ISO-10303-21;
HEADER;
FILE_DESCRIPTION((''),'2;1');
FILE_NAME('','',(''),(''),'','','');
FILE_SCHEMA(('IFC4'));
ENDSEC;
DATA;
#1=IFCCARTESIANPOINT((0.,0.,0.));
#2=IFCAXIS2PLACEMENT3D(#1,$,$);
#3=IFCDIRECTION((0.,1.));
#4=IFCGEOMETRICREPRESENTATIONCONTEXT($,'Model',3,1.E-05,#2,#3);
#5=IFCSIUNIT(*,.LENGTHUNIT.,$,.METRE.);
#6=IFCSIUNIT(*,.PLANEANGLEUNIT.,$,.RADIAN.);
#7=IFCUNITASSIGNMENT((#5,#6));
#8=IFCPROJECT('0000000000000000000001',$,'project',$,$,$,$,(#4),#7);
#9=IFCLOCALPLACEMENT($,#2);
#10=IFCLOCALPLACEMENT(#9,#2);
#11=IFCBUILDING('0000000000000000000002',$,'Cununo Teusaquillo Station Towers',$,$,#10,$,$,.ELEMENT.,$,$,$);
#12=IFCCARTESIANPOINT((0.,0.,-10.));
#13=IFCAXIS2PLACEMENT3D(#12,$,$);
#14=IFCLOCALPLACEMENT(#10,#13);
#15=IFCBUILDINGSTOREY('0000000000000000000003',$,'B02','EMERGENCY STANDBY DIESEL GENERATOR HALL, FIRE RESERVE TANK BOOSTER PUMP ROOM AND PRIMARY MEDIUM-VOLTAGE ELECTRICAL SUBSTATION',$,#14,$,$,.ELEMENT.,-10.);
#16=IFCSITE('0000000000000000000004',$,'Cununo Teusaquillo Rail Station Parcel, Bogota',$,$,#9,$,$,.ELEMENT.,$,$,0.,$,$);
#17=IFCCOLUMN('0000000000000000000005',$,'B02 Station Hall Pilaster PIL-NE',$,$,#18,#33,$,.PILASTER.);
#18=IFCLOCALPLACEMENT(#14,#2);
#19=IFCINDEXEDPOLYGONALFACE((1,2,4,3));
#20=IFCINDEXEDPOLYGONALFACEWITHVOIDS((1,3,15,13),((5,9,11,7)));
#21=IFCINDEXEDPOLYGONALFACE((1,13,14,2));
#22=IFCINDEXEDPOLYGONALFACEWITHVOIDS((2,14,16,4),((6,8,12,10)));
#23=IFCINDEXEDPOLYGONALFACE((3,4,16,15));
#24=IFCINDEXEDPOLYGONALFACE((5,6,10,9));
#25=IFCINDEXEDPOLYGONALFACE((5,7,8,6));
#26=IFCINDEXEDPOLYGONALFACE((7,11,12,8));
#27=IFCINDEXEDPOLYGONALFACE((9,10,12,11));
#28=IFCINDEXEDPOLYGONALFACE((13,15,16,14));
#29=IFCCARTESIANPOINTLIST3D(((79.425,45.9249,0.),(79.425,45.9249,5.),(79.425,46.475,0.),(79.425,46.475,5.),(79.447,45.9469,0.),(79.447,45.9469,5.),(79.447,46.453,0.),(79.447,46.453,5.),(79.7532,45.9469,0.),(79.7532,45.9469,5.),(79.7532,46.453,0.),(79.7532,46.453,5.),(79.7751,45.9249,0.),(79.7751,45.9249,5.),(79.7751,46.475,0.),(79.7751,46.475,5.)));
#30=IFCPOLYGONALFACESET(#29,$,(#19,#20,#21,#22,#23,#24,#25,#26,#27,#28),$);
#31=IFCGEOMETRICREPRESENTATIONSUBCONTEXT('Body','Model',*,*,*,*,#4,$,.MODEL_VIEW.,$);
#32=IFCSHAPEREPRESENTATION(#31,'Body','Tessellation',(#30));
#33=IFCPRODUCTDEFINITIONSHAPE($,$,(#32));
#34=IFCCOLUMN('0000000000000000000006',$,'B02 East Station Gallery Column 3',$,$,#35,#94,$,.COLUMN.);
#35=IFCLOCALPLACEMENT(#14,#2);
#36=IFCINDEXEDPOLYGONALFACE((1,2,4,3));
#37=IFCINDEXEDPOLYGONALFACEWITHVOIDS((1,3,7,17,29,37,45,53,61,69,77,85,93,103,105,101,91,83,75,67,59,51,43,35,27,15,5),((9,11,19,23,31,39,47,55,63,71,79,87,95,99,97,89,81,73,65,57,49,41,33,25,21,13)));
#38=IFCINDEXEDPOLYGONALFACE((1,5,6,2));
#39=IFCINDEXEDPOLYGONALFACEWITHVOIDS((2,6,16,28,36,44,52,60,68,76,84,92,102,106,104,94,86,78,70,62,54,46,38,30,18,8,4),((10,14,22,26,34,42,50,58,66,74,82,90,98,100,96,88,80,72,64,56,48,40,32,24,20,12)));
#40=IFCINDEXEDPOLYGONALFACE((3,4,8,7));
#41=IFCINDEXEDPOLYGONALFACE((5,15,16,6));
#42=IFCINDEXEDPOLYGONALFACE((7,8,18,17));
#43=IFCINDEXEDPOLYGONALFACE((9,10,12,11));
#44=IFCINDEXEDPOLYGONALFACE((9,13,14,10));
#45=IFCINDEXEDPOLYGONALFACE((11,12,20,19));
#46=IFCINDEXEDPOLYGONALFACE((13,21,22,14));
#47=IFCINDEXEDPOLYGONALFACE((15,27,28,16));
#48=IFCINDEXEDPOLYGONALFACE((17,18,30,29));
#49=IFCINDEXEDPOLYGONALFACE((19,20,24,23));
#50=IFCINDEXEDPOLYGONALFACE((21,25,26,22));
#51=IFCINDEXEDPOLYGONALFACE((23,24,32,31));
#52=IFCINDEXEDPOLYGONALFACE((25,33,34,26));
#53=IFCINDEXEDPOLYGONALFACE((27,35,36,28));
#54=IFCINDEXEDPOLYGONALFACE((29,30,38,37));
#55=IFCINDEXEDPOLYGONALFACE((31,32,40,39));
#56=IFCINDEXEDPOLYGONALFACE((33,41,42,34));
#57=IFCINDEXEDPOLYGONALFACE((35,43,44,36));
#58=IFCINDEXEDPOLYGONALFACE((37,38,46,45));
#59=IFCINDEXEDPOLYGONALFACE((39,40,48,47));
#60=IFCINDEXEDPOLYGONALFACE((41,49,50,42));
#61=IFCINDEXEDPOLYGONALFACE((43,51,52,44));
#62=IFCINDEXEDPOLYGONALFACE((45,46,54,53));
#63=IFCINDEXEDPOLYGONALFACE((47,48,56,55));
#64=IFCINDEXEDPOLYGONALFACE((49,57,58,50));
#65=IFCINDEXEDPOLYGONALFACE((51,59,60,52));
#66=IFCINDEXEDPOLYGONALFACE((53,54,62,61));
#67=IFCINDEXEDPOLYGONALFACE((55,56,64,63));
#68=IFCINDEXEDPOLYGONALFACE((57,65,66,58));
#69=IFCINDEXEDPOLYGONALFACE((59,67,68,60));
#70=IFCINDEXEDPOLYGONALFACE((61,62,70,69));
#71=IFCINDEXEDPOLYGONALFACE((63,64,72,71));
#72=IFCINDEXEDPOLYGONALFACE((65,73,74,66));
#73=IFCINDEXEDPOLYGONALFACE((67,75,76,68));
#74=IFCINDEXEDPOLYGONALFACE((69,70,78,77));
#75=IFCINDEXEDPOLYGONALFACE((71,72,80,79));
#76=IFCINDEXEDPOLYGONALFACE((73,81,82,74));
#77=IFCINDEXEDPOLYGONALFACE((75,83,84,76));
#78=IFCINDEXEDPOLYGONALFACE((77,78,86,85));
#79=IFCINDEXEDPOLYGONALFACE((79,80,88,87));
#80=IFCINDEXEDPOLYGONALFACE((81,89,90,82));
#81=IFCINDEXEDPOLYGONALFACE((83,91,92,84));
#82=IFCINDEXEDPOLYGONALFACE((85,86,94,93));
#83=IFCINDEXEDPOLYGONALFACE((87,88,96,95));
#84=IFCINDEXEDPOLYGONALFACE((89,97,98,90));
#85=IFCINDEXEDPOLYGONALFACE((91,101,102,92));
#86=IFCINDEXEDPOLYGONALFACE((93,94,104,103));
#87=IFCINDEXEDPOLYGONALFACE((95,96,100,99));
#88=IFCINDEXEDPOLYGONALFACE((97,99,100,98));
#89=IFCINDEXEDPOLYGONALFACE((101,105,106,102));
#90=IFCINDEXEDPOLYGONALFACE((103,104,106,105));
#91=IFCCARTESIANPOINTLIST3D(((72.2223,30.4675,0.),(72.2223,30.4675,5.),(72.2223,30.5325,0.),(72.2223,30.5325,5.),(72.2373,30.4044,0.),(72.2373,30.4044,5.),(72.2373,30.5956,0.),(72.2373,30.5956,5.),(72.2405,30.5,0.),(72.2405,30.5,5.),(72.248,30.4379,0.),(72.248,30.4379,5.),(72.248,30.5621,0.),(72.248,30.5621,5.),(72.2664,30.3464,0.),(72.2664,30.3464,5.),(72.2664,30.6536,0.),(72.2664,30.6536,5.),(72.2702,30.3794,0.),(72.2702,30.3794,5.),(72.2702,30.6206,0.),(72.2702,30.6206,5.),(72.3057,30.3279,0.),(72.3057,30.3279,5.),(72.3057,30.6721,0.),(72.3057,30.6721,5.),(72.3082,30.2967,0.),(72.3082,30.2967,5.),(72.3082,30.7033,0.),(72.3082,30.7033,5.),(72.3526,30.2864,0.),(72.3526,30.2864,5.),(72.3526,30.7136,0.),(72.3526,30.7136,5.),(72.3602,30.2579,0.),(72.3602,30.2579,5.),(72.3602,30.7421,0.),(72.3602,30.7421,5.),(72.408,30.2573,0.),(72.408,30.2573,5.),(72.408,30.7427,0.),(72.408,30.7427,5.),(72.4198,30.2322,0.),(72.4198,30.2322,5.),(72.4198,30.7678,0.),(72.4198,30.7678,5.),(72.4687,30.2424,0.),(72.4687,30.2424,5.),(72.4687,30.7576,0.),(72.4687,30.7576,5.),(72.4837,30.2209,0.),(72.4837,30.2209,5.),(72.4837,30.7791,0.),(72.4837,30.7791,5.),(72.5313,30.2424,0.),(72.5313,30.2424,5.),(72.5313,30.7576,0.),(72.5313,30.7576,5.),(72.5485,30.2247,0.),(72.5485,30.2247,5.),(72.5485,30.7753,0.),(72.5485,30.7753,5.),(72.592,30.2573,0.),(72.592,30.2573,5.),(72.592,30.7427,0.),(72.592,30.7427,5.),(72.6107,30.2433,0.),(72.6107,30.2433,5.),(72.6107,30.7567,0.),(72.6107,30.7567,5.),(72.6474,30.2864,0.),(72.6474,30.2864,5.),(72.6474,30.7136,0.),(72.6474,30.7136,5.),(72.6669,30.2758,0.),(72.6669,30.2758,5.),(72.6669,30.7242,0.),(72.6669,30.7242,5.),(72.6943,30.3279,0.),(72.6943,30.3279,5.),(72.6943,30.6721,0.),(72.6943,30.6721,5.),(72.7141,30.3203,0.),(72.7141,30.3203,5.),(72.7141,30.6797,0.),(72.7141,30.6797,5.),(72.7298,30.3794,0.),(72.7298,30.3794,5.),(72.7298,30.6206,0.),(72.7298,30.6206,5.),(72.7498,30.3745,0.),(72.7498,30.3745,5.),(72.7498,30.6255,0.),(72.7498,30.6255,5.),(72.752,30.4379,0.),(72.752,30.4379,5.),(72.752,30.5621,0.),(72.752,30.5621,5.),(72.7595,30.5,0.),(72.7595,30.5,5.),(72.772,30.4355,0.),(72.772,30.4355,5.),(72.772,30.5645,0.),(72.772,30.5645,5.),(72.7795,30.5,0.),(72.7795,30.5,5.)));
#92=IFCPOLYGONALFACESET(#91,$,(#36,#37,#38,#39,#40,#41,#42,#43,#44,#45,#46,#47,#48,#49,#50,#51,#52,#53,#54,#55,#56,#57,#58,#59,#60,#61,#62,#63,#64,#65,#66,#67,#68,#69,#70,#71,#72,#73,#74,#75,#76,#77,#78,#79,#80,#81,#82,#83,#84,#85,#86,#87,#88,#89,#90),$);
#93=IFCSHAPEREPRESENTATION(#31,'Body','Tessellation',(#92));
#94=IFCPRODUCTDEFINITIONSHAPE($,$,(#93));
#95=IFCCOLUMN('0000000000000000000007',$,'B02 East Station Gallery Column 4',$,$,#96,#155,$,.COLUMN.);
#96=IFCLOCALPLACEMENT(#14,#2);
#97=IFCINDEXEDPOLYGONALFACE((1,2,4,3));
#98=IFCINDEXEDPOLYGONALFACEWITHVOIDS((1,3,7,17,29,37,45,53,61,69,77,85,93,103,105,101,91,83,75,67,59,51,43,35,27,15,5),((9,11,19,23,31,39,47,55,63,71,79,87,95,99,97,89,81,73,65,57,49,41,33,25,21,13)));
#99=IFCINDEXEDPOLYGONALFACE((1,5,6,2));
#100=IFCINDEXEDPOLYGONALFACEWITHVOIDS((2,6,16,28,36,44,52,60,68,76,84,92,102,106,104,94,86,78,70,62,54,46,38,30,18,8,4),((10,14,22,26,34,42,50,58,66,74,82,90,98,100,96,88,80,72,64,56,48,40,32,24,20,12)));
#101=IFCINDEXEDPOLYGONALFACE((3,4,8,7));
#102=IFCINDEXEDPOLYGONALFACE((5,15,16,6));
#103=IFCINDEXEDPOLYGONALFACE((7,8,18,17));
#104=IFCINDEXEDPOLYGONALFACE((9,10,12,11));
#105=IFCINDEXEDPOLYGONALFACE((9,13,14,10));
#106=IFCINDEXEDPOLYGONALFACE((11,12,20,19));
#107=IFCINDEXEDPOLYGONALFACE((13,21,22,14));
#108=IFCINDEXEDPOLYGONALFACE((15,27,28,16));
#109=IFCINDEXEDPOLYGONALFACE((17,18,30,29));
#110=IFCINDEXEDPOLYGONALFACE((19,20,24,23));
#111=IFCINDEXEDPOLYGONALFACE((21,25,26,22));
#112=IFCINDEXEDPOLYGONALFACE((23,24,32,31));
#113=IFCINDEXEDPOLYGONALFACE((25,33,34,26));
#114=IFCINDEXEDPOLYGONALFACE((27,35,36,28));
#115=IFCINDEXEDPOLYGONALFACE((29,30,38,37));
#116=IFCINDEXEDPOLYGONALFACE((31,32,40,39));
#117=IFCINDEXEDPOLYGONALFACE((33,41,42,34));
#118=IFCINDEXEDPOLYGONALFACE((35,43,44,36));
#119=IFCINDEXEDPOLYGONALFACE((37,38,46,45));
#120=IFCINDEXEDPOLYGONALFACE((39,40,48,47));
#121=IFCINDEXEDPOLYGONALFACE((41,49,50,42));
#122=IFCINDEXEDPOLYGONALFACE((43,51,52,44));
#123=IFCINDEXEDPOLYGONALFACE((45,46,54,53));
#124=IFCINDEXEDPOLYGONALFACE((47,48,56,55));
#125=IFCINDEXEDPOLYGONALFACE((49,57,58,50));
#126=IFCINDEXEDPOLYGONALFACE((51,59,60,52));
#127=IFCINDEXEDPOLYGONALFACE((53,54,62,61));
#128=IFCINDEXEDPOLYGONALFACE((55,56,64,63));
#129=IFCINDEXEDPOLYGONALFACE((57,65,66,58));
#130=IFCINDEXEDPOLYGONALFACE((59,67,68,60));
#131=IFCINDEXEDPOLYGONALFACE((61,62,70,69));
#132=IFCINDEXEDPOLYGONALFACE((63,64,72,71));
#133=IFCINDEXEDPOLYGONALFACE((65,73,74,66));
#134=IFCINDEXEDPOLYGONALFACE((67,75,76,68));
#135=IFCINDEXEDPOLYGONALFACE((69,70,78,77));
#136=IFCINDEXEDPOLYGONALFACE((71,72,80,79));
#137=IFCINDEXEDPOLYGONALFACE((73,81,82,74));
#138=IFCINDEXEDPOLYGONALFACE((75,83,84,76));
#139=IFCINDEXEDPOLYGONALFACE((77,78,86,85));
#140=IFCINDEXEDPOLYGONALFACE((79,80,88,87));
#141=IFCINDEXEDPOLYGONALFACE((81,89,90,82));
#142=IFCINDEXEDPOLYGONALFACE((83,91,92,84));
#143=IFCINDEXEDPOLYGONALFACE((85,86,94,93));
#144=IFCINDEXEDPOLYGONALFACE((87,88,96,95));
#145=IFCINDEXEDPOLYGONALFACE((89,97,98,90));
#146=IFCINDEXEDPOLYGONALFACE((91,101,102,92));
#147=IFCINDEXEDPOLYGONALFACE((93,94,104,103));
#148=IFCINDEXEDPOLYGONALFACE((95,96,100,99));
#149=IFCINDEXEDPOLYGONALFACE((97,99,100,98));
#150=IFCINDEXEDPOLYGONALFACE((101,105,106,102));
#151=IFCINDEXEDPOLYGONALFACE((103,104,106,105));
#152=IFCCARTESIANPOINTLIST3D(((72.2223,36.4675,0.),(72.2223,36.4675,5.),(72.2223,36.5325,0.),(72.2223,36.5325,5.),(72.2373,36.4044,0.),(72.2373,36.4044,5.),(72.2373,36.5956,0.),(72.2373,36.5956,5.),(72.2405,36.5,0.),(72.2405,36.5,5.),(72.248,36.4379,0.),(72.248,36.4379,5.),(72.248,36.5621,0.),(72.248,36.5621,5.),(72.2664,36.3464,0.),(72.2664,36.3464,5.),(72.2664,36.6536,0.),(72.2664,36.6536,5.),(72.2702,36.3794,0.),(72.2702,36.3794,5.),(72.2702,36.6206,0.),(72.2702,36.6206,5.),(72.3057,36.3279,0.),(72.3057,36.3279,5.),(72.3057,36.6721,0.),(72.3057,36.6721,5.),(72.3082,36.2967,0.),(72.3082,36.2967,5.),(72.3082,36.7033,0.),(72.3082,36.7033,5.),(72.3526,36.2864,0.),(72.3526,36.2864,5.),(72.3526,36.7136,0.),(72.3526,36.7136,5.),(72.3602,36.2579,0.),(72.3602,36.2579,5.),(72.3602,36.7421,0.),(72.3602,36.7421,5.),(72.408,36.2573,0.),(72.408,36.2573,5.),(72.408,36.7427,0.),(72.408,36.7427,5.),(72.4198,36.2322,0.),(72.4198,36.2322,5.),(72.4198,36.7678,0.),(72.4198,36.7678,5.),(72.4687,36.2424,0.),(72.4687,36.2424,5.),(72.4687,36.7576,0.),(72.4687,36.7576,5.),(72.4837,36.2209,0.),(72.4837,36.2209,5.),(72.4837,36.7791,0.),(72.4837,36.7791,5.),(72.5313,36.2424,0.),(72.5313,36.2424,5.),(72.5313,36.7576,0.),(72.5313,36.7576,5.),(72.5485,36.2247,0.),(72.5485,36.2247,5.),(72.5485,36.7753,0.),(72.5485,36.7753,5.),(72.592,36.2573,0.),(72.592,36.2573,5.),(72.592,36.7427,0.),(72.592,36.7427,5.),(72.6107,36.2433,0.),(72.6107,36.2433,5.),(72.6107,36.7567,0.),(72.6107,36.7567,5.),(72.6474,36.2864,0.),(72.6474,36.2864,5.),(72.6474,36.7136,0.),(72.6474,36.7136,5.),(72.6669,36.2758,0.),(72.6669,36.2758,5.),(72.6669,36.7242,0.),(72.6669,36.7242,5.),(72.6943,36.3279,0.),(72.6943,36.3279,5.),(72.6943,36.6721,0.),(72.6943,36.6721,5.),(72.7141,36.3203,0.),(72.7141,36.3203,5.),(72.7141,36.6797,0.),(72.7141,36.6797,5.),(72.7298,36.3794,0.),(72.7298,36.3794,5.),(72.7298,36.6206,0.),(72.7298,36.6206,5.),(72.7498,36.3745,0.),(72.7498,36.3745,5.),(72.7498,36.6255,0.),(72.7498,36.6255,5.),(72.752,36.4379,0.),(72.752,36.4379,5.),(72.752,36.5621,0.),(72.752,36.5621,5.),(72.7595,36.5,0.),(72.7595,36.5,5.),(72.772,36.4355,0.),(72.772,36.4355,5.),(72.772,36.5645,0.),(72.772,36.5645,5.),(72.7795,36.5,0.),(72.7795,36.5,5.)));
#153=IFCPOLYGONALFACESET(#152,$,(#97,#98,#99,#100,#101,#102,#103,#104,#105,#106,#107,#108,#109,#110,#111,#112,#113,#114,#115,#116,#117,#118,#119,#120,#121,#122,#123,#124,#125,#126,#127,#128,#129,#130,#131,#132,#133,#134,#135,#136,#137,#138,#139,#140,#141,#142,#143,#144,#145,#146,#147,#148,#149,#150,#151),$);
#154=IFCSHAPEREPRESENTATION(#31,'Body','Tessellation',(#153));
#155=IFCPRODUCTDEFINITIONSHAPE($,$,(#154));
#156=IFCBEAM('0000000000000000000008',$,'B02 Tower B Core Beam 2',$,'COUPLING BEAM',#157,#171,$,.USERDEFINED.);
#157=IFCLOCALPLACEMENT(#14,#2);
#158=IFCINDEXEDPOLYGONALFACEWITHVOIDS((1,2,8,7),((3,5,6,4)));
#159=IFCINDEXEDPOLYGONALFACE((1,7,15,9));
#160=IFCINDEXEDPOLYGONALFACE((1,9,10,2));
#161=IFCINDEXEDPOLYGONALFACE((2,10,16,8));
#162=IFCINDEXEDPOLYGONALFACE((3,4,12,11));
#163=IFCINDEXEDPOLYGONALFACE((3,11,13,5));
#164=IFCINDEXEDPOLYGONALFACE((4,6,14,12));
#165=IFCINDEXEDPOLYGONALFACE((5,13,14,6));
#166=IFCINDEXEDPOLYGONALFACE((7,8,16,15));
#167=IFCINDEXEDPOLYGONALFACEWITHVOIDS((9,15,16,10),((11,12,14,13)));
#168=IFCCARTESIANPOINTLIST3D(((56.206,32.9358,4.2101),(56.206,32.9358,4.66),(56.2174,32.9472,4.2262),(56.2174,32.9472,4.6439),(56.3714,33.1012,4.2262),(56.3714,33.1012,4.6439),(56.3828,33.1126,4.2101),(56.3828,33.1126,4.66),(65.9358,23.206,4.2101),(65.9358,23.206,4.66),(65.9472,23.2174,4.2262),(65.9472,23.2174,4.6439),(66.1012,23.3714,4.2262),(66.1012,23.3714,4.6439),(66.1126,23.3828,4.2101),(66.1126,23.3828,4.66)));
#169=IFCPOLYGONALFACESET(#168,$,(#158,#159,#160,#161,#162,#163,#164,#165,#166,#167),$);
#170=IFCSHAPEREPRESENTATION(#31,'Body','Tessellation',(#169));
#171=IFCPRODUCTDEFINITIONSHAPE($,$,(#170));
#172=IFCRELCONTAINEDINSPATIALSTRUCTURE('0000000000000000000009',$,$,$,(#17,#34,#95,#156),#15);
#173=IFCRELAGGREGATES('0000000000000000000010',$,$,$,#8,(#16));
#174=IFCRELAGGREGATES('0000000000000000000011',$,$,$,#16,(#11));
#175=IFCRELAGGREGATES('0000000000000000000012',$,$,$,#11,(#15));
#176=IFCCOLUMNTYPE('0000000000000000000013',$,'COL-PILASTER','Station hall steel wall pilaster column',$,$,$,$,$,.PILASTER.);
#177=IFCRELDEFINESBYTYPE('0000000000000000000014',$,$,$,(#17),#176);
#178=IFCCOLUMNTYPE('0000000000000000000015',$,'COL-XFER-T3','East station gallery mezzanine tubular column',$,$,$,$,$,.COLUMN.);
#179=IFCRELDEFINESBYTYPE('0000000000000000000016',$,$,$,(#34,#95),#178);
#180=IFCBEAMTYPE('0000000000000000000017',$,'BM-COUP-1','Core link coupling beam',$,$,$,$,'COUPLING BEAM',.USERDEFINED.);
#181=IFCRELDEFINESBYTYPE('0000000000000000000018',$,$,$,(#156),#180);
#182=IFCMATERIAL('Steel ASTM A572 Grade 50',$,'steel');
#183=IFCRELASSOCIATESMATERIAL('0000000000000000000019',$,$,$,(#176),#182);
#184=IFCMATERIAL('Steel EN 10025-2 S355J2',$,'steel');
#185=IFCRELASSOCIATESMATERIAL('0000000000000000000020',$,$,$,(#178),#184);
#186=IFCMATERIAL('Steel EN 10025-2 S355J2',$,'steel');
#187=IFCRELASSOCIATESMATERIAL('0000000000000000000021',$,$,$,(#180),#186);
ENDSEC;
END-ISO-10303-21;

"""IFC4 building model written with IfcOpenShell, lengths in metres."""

from ifc_helpers import new_model, si_unit, direction, frame, origin, origin_2d, place, context, subcontext, project, spatial, hollow_rectangle, hollow_circle, extrude, material, material_profile, profile_set, type_object, element, save


model = new_model("IFC4")

# Units and contexts
model_context = context("Model", 3, precision=1e-05, world=origin(), true_north=direction((0.0, 1.0)))
body_context = subcontext(model_context, "Body", "Model", "MODEL_VIEW")
ifc_project = project(units=[si_unit("LENGTHUNIT", "METRE"), si_unit("PLANEANGLEUNIT", "RADIAN")], contexts=[model_context])

# Site, building, storey
site_placement = place(None, origin())
site = spatial("IfcSite", under=ifc_project, at=site_placement, Name="Cununo Teusaquillo Rail Station Parcel, Bogota", CompositionType="ELEMENT", RefElevation=0.0)
building_placement = place(site_placement, origin())
building = spatial("IfcBuilding", under=site, at=building_placement, Name="Cununo Teusaquillo Station Towers", CompositionType="ELEMENT")
storey_placement = place(building_placement, frame((0.0, 0.0, -10.0)))
storey = spatial("IfcBuildingStorey", under=building, at=storey_placement, Name="B02", Description="EMERGENCY STANDBY DIESEL GENERATOR HALL, FIRE RESERVE TANK BOOSTER PUMP ROOM AND PRIMARY MEDIUM-VOLTAGE ELECTRICAL SUBSTATION", CompositionType="ELEMENT", Elevation=-10.0)

# Columns
ifc_material_1 = material(Name="Steel ASTM A572 Grade 50", Category="steel")
ifc_material_profile_1 = material_profile(ifc_material_1, hollow_rectangle(XDim=0.3501, YDim=0.55, WallThickness=0.022, at=origin_2d()), Name="RHS 550x350x22")
ifc_profile_set_1 = profile_set([ifc_material_profile_1], Name="Steel ASTM A572 Grade 50")
column_type_1 = type_object("IfcColumnType", Name="COL-PILASTER", Description="Station hall steel wall pilaster column", PredefinedType="PILASTER", material=ifc_profile_set_1)
column_1_placement = place(storey_placement, frame((79.6001, 46.2, 0.0), z_axis=(0.0, 0.0, 1.0), x_axis=(1.0, 0.0, 0.0)))
element("IfcColumn", 1, at=column_1_placement, inside=storey, type_object=column_type_1, Name="B02 Station Hall Pilaster PIL-NE", PredefinedType="PILASTER", context=body_context, shape_type="SweptSolid", body=[
    extrude(hollow_rectangle(XDim=0.3501, YDim=0.55, WallThickness=0.022, at=origin_2d()), origin(), (0.0, 0.0, 1.0), 5.0),
])
ifc_material_2 = material(Name="Steel EN 10025-2 S355J2", Category="steel")
ifc_material_profile_2 = material_profile(ifc_material_2, hollow_circle(Radius=0.2795, WallThickness=0.02, at=origin_2d()), Name="CHS 559x20")
ifc_profile_set_2 = profile_set([ifc_material_profile_2], Name="Steel EN 10025-2 S355J2")
column_type_2 = type_object("IfcColumnType", Name="COL-XFER-T3", Description="East station gallery mezzanine tubular column", PredefinedType="COLUMN", material=ifc_profile_set_2)
for number, where, z_axis, x_axis, name in (
    (2, (72.5, 30.5, 0.0), (0.0, 0.0, 1.0), (1.0, 0.0, 0.0), "B02 East Station Gallery Column 3"),
    (3, (72.5, 36.5, 0.0), (0.0, 0.0, 1.0), (1.0, 0.0, 0.0), "B02 East Station Gallery Column 4"),
):
    element("IfcColumn", number, at=place(storey_placement, frame(where, z_axis=z_axis, x_axis=x_axis)), inside=storey, type_object=column_type_2, Name=name, PredefinedType="COLUMN", context=body_context, shape_type="SweptSolid", body=[
        extrude(hollow_circle(Radius=0.2795, WallThickness=0.02, at=origin_2d()), origin(), (0.0, 0.0, 1.0), 5.0),
    ])

# Beam
ifc_material_3 = material(Name="Steel EN 10025-2 S355J2", Category="steel")
ifc_material_profile_3 = material_profile(ifc_material_3, hollow_rectangle(XDim=0.25, YDim=0.45, WallThickness=0.0161, at=origin_2d()), Name="RHS 450x250x16")
ifc_profile_set_3 = profile_set([ifc_material_profile_3], Name="Steel EN 10025-2 S355J2")
beam_type_1 = type_object("IfcBeamType", Name="BM-COUP-1", Description="Core link coupling beam", ElementType="COUPLING BEAM", PredefinedType="USERDEFINED", material=ifc_profile_set_3)
beam_1_placement = place(storey_placement, frame((66.0242, 23.2944, 4.4351), z_axis=(-0.707107, 0.707107, 0.0), x_axis=(-0.707107, -0.707107, 0.0)))
element("IfcBeam", 4, at=beam_1_placement, inside=storey, type_object=beam_type_1, Name="B02 Tower B Core Beam 2", ObjectType="COUPLING BEAM", PredefinedType="USERDEFINED", context=body_context, shape_type="SweptSolid", body=[
    extrude(hollow_rectangle(XDim=0.25, YDim=0.45, WallThickness=0.0161, at=origin_2d()), origin(), (0.0, 0.0, 1.0), 13.76),
])

save(model, "model.ifc")
